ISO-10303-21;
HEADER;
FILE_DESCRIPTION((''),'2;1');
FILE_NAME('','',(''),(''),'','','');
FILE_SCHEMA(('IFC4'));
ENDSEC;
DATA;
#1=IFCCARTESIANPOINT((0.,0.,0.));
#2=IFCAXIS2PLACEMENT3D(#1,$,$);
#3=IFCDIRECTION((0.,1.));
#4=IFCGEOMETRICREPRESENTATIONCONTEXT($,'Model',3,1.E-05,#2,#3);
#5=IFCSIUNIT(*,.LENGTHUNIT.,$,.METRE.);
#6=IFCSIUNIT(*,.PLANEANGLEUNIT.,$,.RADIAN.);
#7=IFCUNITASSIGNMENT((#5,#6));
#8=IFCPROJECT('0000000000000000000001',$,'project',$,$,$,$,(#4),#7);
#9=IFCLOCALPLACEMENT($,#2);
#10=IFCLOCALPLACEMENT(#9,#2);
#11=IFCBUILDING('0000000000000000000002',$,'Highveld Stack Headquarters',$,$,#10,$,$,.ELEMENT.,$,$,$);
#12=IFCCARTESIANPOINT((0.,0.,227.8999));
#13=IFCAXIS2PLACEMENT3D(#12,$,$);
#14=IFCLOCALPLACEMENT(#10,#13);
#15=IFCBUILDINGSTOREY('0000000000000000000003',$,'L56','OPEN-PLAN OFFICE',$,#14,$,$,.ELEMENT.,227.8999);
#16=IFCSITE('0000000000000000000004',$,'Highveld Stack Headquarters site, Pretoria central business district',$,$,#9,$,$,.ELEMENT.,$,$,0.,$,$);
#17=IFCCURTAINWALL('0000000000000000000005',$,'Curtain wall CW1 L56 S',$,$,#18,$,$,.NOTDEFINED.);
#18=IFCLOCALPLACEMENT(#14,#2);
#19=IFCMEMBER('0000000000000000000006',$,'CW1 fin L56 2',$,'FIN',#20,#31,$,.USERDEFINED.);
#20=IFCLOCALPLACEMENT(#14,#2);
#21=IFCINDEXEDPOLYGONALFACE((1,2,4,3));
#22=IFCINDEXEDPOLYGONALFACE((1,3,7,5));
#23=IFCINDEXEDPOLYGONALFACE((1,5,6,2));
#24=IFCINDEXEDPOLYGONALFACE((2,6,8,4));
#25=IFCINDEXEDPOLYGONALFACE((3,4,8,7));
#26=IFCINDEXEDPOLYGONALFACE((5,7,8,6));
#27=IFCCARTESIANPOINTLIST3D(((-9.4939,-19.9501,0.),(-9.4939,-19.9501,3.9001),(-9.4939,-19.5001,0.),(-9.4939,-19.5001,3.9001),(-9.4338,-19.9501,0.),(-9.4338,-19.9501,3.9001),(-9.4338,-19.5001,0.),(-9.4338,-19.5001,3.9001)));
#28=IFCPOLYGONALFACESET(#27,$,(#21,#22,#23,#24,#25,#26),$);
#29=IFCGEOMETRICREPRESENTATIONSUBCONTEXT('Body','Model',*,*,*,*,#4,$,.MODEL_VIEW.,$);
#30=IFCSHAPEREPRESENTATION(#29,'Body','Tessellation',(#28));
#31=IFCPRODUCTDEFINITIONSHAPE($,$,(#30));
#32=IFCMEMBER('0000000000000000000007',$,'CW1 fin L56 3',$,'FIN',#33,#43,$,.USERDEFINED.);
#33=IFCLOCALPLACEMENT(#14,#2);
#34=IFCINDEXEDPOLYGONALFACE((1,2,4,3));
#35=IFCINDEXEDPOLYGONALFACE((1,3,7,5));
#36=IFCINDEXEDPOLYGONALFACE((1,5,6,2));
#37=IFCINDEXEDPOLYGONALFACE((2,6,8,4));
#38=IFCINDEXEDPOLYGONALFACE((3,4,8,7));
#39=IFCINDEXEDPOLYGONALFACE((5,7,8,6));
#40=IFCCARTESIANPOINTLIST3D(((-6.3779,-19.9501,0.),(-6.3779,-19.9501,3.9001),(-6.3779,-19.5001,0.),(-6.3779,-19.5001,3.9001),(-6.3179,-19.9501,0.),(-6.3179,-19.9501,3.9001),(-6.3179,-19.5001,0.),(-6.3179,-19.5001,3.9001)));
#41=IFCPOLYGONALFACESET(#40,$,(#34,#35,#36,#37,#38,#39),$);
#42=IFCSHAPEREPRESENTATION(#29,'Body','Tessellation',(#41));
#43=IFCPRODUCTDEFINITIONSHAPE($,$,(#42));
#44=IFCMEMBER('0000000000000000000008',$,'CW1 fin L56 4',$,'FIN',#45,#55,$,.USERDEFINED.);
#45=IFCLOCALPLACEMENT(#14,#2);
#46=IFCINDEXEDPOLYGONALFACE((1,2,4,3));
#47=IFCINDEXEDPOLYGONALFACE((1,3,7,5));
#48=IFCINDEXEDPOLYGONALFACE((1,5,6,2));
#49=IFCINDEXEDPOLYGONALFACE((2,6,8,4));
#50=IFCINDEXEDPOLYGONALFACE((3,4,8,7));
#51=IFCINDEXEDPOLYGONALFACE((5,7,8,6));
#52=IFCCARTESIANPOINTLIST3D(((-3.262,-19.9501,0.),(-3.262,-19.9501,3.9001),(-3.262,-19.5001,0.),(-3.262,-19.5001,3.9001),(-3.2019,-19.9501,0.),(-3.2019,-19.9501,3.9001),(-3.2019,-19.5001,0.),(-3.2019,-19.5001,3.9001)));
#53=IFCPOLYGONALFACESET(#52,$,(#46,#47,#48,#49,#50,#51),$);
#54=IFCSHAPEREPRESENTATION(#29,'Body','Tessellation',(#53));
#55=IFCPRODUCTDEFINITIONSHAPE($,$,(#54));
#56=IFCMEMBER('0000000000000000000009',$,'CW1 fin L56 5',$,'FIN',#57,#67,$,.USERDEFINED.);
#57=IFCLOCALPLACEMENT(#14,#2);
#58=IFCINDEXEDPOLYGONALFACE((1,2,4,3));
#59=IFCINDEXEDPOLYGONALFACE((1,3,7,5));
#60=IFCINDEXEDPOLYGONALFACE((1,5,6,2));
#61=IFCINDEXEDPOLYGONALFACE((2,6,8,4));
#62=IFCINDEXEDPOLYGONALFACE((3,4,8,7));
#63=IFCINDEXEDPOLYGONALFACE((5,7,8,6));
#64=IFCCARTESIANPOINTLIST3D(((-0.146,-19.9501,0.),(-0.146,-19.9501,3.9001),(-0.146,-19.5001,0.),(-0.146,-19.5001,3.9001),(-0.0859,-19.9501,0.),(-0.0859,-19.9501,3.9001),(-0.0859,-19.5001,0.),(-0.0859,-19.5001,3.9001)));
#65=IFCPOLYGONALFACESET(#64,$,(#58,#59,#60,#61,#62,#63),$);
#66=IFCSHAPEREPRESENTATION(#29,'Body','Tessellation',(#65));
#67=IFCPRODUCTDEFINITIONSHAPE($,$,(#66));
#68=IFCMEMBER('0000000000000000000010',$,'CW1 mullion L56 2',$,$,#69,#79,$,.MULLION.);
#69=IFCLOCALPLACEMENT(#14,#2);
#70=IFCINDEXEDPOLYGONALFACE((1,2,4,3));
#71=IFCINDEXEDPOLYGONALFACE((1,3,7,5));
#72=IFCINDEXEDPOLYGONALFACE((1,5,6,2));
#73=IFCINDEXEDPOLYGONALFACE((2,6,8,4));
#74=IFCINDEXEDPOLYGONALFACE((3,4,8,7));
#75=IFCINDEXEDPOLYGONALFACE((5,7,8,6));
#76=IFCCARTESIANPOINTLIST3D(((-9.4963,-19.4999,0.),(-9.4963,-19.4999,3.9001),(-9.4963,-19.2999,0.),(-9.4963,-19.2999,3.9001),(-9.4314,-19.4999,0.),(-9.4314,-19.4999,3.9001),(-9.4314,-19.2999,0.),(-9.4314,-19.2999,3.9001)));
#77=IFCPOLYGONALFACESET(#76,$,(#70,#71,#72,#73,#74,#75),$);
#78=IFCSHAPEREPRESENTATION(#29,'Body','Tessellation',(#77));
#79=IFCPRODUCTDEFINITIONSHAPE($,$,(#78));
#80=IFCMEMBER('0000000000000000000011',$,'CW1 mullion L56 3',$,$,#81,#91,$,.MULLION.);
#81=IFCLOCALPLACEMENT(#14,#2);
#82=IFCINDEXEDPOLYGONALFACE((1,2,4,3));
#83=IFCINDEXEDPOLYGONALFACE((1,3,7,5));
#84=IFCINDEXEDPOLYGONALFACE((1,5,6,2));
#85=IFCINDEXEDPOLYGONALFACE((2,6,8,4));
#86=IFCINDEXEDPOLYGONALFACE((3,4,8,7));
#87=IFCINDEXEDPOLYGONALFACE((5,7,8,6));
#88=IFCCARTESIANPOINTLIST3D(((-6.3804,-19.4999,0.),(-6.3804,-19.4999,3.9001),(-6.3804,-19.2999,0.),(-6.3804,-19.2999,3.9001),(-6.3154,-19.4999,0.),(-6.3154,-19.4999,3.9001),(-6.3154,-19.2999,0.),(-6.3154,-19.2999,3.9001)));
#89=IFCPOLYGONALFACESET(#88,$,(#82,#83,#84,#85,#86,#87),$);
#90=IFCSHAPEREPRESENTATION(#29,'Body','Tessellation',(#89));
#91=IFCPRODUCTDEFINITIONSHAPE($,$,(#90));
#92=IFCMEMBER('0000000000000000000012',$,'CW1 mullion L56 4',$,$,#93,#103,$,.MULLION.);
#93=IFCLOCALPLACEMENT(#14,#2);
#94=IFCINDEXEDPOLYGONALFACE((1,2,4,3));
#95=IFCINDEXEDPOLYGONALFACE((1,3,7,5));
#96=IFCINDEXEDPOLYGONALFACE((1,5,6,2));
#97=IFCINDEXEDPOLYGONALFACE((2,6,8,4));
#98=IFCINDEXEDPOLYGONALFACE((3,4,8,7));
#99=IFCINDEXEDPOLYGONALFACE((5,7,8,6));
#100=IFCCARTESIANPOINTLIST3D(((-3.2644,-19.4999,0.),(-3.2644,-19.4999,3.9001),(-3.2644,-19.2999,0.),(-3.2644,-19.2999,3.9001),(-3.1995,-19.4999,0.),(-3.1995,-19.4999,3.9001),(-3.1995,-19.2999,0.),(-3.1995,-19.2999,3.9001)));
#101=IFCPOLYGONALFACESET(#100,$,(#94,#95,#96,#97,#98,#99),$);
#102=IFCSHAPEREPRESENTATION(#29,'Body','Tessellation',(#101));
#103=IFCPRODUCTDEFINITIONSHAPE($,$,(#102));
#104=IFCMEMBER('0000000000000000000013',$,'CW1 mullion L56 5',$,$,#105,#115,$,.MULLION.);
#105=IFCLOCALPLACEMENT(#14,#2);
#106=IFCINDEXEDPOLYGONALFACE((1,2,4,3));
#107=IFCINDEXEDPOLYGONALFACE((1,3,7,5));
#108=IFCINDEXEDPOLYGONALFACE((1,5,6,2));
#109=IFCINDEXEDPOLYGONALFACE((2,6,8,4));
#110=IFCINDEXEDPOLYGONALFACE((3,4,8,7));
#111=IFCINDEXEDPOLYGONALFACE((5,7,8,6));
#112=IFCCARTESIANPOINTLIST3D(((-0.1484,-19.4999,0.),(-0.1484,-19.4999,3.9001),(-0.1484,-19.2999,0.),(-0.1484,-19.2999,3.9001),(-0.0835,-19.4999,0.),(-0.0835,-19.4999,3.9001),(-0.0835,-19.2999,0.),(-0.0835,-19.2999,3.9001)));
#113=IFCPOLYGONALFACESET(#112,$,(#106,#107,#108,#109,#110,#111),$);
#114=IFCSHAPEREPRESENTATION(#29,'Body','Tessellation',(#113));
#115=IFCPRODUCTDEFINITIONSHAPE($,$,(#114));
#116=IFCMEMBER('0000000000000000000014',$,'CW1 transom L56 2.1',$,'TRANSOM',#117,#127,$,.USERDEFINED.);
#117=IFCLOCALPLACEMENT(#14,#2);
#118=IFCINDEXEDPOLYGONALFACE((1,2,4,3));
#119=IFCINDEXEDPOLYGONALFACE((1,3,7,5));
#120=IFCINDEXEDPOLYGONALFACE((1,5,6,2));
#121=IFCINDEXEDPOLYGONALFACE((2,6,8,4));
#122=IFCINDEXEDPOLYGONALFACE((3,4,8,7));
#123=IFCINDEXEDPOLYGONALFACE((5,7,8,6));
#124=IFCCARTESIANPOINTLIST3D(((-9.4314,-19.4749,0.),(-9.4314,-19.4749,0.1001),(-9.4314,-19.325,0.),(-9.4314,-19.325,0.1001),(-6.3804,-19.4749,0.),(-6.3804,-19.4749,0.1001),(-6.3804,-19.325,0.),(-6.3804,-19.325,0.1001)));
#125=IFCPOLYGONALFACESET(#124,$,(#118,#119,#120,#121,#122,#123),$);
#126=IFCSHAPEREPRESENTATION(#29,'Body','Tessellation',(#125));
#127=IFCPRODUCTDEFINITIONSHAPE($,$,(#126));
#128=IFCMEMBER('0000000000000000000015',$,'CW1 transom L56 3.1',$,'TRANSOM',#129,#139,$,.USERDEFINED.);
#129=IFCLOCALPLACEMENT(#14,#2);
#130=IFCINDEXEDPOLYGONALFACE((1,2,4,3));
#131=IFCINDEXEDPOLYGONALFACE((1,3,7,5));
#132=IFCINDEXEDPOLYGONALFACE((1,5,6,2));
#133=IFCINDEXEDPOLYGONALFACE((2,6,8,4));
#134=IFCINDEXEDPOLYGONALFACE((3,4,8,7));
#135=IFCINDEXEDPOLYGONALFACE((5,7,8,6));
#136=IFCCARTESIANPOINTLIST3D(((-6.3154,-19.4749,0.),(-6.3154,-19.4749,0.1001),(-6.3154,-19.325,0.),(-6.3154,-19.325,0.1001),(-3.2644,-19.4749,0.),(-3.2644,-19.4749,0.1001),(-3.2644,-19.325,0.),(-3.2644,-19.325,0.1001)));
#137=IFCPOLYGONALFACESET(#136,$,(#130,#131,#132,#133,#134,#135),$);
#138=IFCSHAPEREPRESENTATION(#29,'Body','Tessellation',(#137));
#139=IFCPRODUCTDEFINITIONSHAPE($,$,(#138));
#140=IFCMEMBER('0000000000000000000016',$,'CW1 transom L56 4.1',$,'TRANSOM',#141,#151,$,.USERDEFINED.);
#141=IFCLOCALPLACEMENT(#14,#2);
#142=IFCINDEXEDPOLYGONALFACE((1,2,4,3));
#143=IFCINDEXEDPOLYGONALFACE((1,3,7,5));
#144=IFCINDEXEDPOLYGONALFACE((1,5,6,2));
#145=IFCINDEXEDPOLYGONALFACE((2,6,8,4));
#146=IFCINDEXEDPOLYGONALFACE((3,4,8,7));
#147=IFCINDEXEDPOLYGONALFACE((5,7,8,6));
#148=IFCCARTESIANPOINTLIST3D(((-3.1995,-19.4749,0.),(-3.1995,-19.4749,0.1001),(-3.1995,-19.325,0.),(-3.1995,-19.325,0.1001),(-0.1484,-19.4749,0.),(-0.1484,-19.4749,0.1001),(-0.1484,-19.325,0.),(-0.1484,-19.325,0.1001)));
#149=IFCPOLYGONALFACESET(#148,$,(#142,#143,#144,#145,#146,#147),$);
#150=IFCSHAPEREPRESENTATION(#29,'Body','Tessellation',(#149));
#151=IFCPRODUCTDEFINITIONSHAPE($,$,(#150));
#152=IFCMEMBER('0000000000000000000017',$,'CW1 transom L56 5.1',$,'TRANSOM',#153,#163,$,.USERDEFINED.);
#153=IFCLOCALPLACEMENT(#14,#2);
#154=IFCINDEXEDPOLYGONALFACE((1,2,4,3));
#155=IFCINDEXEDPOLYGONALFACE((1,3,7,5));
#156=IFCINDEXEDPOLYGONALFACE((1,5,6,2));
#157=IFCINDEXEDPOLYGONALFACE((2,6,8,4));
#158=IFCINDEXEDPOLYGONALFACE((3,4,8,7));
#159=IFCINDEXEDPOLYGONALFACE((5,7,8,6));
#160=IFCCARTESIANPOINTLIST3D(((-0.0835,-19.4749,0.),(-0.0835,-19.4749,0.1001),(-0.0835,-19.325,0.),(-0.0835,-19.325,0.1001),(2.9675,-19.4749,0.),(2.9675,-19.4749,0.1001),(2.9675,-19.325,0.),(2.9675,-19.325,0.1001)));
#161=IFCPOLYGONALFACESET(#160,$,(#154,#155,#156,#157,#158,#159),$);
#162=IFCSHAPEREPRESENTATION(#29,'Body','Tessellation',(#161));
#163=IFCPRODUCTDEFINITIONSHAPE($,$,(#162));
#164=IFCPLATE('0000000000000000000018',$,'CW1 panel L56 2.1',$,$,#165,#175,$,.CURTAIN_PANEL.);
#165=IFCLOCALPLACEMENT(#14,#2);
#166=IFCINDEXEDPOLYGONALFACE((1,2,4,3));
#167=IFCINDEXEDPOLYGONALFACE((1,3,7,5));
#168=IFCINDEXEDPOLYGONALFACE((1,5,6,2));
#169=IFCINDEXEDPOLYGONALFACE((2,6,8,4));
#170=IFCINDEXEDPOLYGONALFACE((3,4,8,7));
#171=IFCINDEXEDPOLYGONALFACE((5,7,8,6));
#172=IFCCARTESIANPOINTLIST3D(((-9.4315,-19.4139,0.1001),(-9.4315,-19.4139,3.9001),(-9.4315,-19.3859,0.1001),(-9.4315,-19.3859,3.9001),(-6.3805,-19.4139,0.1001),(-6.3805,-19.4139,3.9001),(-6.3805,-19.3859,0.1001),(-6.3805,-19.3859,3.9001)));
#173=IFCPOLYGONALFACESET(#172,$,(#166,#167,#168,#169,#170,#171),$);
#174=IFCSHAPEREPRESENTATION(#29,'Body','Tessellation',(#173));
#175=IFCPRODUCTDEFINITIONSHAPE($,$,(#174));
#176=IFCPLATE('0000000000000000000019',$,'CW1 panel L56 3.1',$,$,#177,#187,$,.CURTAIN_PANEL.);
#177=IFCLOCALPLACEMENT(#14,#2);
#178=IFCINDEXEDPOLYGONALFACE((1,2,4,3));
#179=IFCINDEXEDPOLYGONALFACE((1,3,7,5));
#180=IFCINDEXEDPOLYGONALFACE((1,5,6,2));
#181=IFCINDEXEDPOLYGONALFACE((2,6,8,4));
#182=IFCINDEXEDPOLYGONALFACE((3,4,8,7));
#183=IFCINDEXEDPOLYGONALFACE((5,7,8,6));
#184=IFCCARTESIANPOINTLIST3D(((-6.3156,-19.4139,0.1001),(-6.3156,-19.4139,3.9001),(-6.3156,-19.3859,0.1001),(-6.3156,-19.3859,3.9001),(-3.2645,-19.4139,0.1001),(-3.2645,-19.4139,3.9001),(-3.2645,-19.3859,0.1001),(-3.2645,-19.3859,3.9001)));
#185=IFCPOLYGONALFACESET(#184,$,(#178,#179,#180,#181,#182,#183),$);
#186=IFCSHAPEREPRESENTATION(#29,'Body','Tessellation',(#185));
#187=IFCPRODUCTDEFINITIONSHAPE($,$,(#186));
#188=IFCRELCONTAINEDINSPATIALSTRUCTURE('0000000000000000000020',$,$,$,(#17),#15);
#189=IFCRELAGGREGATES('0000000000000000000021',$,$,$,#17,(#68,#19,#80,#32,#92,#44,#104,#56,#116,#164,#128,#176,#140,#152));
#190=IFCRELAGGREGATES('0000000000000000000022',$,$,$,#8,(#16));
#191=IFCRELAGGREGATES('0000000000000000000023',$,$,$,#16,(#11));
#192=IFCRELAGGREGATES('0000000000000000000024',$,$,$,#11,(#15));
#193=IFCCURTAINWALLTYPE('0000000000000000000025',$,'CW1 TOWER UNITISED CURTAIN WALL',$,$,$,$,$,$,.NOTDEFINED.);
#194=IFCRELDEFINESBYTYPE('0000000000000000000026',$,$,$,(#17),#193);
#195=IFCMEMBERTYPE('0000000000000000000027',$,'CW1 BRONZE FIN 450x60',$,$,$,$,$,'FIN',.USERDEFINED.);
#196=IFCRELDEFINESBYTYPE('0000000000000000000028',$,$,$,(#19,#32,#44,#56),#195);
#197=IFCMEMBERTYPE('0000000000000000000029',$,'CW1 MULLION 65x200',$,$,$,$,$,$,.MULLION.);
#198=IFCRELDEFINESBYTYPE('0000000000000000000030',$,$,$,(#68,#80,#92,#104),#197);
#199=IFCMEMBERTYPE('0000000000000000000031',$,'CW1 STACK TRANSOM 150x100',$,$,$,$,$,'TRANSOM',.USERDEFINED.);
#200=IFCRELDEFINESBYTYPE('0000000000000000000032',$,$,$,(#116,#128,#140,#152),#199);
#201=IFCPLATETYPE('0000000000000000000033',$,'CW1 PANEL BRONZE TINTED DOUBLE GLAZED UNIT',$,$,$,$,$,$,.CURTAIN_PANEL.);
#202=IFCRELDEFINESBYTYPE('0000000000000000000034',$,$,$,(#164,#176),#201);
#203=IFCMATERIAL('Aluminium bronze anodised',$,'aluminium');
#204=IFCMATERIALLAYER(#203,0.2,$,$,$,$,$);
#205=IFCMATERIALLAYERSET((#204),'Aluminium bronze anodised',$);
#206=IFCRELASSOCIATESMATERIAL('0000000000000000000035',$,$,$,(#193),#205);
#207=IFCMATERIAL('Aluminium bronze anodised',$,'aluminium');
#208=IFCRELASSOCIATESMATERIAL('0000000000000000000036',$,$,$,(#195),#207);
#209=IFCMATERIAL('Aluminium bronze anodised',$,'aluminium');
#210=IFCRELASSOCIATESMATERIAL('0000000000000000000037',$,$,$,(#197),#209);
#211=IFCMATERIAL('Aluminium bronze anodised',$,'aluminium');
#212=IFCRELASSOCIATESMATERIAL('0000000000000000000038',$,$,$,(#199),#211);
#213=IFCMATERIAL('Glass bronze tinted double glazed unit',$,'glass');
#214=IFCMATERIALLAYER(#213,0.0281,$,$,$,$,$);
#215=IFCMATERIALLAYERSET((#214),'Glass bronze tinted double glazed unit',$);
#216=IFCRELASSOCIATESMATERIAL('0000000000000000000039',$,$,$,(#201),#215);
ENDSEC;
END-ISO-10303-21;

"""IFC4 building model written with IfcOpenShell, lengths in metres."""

from ifc_helpers import new_model, si_unit, direction, frame, origin, origin_2d, place, context, subcontext, project, spatial, rectangle, extrude, material, layer, layer_set, material_profile, profile_set, type_object, element, aggregate, save


model = new_model("IFC4")

# Units and contexts
model_context = context("Model", 3, precision=1e-05, world=origin(), true_north=direction((0.0, 1.0)))
body_context = subcontext(model_context, "Body", "Model", "MODEL_VIEW")
ifc_project = project(units=[si_unit("LENGTHUNIT", "METRE"), si_unit("PLANEANGLEUNIT", "RADIAN")], contexts=[model_context])

# Site, building, storey
site_placement = place(None, origin())
site = spatial("IfcSite", under=ifc_project, at=site_placement, Name="Highveld Stack Headquarters site, Pretoria central business district", CompositionType="ELEMENT", RefElevation=0.0)
building_placement = place(site_placement, origin())
building = spatial("IfcBuilding", under=site, at=building_placement, Name="Highveld Stack Headquarters", CompositionType="ELEMENT")
storey_placement = place(building_placement, frame((0.0, 0.0, 227.8999)))
storey = spatial("IfcBuildingStorey", under=building, at=storey_placement, Name="L56", Description="OPEN-PLAN OFFICE", CompositionType="ELEMENT", Elevation=227.8999)

# Curtain wall, members, plates
ifc_material_1 = material(Name="Aluminium bronze anodised", Category="aluminium")
ifc_layer_1 = layer(ifc_material_1, 0.2)
ifc_layer_set_1 = layer_set([ifc_layer_1], Name="Aluminium bronze anodised")
curtain_wall_type = type_object("IfcCurtainWallType", Name="CW1 TOWER UNITISED CURTAIN WALL", PredefinedType="NOTDEFINED", material=ifc_layer_set_1)
curtain_wall_placement = place(storey_placement, origin())
curtain_wall = element("IfcCurtainWall", 1, at=curtain_wall_placement, inside=storey, type_object=curtain_wall_type, Name="Curtain wall CW1 L56 S", PredefinedType="NOTDEFINED")
ifc_material_2 = material(Name="Aluminium bronze anodised", Category="aluminium")
ifc_material_profile_1 = material_profile(ifc_material_2, rectangle(XDim=0.45, YDim=0.0601, at=origin_2d()), Name="FIN 450x60")
ifc_profile_set_1 = profile_set([ifc_material_profile_1], Name="Aluminium bronze anodised")
member_type_1 = type_object("IfcMemberType", Name="CW1 BRONZE FIN 450x60", ElementType="FIN", PredefinedType="USERDEFINED", material=ifc_profile_set_1)
member_1_placement = place(storey_placement, frame((-9.4639, -19.7251, 0.0), z_axis=(0.0, 0.0, 1.0), x_axis=(0.0, 1.0, 0.0)))
member_1 = element("IfcMember", 2, at=member_1_placement, type_object=member_type_1, Name="CW1 fin L56 2", ObjectType="FIN", PredefinedType="USERDEFINED", context=body_context, shape_type="SweptSolid", body=[
    extrude(rectangle(XDim=0.45, YDim=0.0601, at=origin_2d()), origin(), (0.0, 0.0, 1.0), 3.9001),
])
member_2_placement = place(storey_placement, frame((-6.3479, -19.7251, 0.0), z_axis=(0.0, 0.0, 1.0), x_axis=(0.0, 1.0, 0.0)))
member_2 = element("IfcMember", 3, at=member_2_placement, type_object=member_type_1, Name="CW1 fin L56 3", ObjectType="FIN", PredefinedType="USERDEFINED", context=body_context, shape_type="SweptSolid", body=[
    extrude(rectangle(XDim=0.45, YDim=0.0601, at=origin_2d()), origin(), (0.0, 0.0, 1.0), 3.9001),
])
member_3_placement = place(storey_placement, frame((-3.2319, -19.7251, 0.0), z_axis=(0.0, 0.0, 1.0), x_axis=(0.0, 1.0, 0.0)))
member_3 = element("IfcMember", 4, at=member_3_placement, type_object=member_type_1, Name="CW1 fin L56 4", ObjectType="FIN", PredefinedType="USERDEFINED", context=body_context, shape_type="SweptSolid", body=[
    extrude(rectangle(XDim=0.45, YDim=0.0601, at=origin_2d()), origin(), (0.0, 0.0, 1.0), 3.9001),
])
member_4_placement = place(storey_placement, frame((-0.116, -19.7251, 0.0), z_axis=(0.0, 0.0, 1.0), x_axis=(0.0, 1.0, 0.0)))
member_4 = element("IfcMember", 5, at=member_4_placement, type_object=member_type_1, Name="CW1 fin L56 5", ObjectType="FIN", PredefinedType="USERDEFINED", context=body_context, shape_type="SweptSolid", body=[
    extrude(rectangle(XDim=0.45, YDim=0.0601, at=origin_2d()), origin(), (0.0, 0.0, 1.0), 3.9001),
])
ifc_material_3 = material(Name="Aluminium bronze anodised", Category="aluminium")
ifc_material_profile_2 = material_profile(ifc_material_3, rectangle(XDim=0.2, YDim=0.0649, at=origin_2d()), Name="CW1 MULLION 65x200")
ifc_profile_set_2 = profile_set([ifc_material_profile_2], Name="Aluminium bronze anodised")
member_type_2 = type_object("IfcMemberType", Name="CW1 MULLION 65x200", PredefinedType="MULLION", material=ifc_profile_set_2)
member_5_placement = place(storey_placement, frame((-9.4639, -19.3999, 0.0), z_axis=(0.0, 0.0, 1.0), x_axis=(0.0, 1.0, 0.0)))
member_5 = element("IfcMember", 6, at=member_5_placement, type_object=member_type_2, Name="CW1 mullion L56 2", PredefinedType="MULLION", context=body_context, shape_type="SweptSolid", body=[
    extrude(rectangle(XDim=0.2, YDim=0.0649, at=origin_2d()), origin(), (0.0, 0.0, 1.0), 3.9001),
])
member_6_placement = place(storey_placement, frame((-6.3479, -19.3999, 0.0), z_axis=(0.0, 0.0, 1.0), x_axis=(0.0, 1.0, 0.0)))
member_6 = element("IfcMember", 7, at=member_6_placement, type_object=member_type_2, Name="CW1 mullion L56 3", PredefinedType="MULLION", context=body_context, shape_type="SweptSolid", body=[
    extrude(rectangle(XDim=0.2, YDim=0.0649, at=origin_2d()), origin(), (0.0, 0.0, 1.0), 3.9001),
])
member_7_placement = place(storey_placement, frame((-3.2319, -19.3999, 0.0), z_axis=(0.0, 0.0, 1.0), x_axis=(0.0, 1.0, 0.0)))
member_7 = element("IfcMember", 8, at=member_7_placement, type_object=member_type_2, Name="CW1 mullion L56 4", PredefinedType="MULLION", context=body_context, shape_type="SweptSolid", body=[
    extrude(rectangle(XDim=0.2, YDim=0.0649, at=origin_2d()), origin(), (0.0, 0.0, 1.0), 3.9001),
])
member_8_placement = place(storey_placement, frame((-0.116, -19.3999, 0.0), z_axis=(0.0, 0.0, 1.0), x_axis=(0.0, 1.0, 0.0)))
member_8 = element("IfcMember", 9, at=member_8_placement, type_object=member_type_2, Name="CW1 mullion L56 5", PredefinedType="MULLION", context=body_context, shape_type="SweptSolid", body=[
    extrude(rectangle(XDim=0.2, YDim=0.0649, at=origin_2d()), origin(), (0.0, 0.0, 1.0), 3.9001),
])
ifc_material_4 = material(Name="Aluminium bronze anodised", Category="aluminium")
ifc_material_profile_3 = material_profile(ifc_material_4, rectangle(XDim=0.1499, YDim=0.1001, at=origin_2d()), Name="CW1 TRANSOM 150x100")
ifc_profile_set_3 = profile_set([ifc_material_profile_3], Name="Aluminium bronze anodised")
member_type_3 = type_object("IfcMemberType", Name="CW1 STACK TRANSOM 150x100", ElementType="TRANSOM", PredefinedType="USERDEFINED", material=ifc_profile_set_3)
member_9_placement = place(storey_placement, frame((-9.4314, -19.3999, 0.05), z_axis=(1.0, 0.0, 0.0), x_axis=(0.0, 1.0, 0.0)))
member_9 = element("IfcMember", 10, at=member_9_placement, type_object=member_type_3, Name="CW1 transom L56 2.1", ObjectType="TRANSOM", PredefinedType="USERDEFINED", context=body_context, shape_type="SweptSolid", body=[
    extrude(rectangle(XDim=0.1499, YDim=0.1001, at=origin_2d()), origin(), (0.0, 0.0, 1.0), 3.051),
])
member_10_placement = place(storey_placement, frame((-6.3154, -19.3999, 0.05), z_axis=(1.0, 0.0, 0.0), x_axis=(0.0, 1.0, 0.0)))
member_10 = element("IfcMember", 11, at=member_10_placement, type_object=member_type_3, Name="CW1 transom L56 3.1", ObjectType="TRANSOM", PredefinedType="USERDEFINED", context=body_context, shape_type="SweptSolid", body=[
    extrude(rectangle(XDim=0.1499, YDim=0.1001, at=origin_2d()), origin(), (0.0, 0.0, 1.0), 3.051),
])
member_11_placement = place(storey_placement, frame((-3.1995, -19.3999, 0.05), z_axis=(1.0, 0.0, 0.0), x_axis=(0.0, 1.0, 0.0)))
member_11 = element("IfcMember", 12, at=member_11_placement, type_object=member_type_3, Name="CW1 transom L56 4.1", ObjectType="TRANSOM", PredefinedType="USERDEFINED", context=body_context, shape_type="SweptSolid", body=[
    extrude(rectangle(XDim=0.1499, YDim=0.1001, at=origin_2d()), origin(), (0.0, 0.0, 1.0), 3.051),
])
member_12_placement = place(storey_placement, frame((-0.0835, -19.3999, 0.05), z_axis=(1.0, 0.0, 0.0), x_axis=(0.0, 1.0, 0.0)))
member_12 = element("IfcMember", 13, at=member_12_placement, type_object=member_type_3, Name="CW1 transom L56 5.1", ObjectType="TRANSOM", PredefinedType="USERDEFINED", context=body_context, shape_type="SweptSolid", body=[
    extrude(rectangle(XDim=0.1499, YDim=0.1001, at=origin_2d()), origin(), (0.0, 0.0, 1.0), 3.051),
])
ifc_material_5 = material(Name="Glass bronze tinted double glazed unit", Category="glass")
ifc_layer_2 = layer(ifc_material_5, 0.0281)
ifc_layer_set_2 = layer_set([ifc_layer_2], Name="Glass bronze tinted double glazed unit")
plate_type = type_object("IfcPlateType", Name="CW1 PANEL BRONZE TINTED DOUBLE GLAZED UNIT", PredefinedType="CURTAIN_PANEL", material=ifc_layer_set_2)
plate_1_placement = place(storey_placement, frame((-7.906, -19.3999, 0.1001), z_axis=(0.0, 0.0, 1.0), x_axis=(1.0, 0.0, 0.0)))
plate_1 = element("IfcPlate", 14, at=plate_1_placement, type_object=plate_type, Name="CW1 panel L56 2.1", PredefinedType="CURTAIN_PANEL", context=body_context, shape_type="SweptSolid", body=[
    extrude(rectangle(XDim=3.051, YDim=0.0281, at=origin_2d()), origin(), (0.0, 0.0, 1.0), 3.8),
])
plate_2_placement = place(storey_placement, frame((-4.79, -19.3999, 0.1001), z_axis=(0.0, 0.0, 1.0), x_axis=(1.0, 0.0, 0.0)))
plate_2 = element("IfcPlate", 15, at=plate_2_placement, type_object=plate_type, Name="CW1 panel L56 3.1", PredefinedType="CURTAIN_PANEL", context=body_context, shape_type="SweptSolid", body=[
    extrude(rectangle(XDim=3.051, YDim=0.0281, at=origin_2d()), origin(), (0.0, 0.0, 1.0), 3.8),
])
aggregate(curtain_wall, [member_5, member_1, member_6, member_2, member_7, member_3, member_8, member_4, member_9, plate_1, member_10, plate_2, member_11, member_12])

save(model, "model.ifc")
